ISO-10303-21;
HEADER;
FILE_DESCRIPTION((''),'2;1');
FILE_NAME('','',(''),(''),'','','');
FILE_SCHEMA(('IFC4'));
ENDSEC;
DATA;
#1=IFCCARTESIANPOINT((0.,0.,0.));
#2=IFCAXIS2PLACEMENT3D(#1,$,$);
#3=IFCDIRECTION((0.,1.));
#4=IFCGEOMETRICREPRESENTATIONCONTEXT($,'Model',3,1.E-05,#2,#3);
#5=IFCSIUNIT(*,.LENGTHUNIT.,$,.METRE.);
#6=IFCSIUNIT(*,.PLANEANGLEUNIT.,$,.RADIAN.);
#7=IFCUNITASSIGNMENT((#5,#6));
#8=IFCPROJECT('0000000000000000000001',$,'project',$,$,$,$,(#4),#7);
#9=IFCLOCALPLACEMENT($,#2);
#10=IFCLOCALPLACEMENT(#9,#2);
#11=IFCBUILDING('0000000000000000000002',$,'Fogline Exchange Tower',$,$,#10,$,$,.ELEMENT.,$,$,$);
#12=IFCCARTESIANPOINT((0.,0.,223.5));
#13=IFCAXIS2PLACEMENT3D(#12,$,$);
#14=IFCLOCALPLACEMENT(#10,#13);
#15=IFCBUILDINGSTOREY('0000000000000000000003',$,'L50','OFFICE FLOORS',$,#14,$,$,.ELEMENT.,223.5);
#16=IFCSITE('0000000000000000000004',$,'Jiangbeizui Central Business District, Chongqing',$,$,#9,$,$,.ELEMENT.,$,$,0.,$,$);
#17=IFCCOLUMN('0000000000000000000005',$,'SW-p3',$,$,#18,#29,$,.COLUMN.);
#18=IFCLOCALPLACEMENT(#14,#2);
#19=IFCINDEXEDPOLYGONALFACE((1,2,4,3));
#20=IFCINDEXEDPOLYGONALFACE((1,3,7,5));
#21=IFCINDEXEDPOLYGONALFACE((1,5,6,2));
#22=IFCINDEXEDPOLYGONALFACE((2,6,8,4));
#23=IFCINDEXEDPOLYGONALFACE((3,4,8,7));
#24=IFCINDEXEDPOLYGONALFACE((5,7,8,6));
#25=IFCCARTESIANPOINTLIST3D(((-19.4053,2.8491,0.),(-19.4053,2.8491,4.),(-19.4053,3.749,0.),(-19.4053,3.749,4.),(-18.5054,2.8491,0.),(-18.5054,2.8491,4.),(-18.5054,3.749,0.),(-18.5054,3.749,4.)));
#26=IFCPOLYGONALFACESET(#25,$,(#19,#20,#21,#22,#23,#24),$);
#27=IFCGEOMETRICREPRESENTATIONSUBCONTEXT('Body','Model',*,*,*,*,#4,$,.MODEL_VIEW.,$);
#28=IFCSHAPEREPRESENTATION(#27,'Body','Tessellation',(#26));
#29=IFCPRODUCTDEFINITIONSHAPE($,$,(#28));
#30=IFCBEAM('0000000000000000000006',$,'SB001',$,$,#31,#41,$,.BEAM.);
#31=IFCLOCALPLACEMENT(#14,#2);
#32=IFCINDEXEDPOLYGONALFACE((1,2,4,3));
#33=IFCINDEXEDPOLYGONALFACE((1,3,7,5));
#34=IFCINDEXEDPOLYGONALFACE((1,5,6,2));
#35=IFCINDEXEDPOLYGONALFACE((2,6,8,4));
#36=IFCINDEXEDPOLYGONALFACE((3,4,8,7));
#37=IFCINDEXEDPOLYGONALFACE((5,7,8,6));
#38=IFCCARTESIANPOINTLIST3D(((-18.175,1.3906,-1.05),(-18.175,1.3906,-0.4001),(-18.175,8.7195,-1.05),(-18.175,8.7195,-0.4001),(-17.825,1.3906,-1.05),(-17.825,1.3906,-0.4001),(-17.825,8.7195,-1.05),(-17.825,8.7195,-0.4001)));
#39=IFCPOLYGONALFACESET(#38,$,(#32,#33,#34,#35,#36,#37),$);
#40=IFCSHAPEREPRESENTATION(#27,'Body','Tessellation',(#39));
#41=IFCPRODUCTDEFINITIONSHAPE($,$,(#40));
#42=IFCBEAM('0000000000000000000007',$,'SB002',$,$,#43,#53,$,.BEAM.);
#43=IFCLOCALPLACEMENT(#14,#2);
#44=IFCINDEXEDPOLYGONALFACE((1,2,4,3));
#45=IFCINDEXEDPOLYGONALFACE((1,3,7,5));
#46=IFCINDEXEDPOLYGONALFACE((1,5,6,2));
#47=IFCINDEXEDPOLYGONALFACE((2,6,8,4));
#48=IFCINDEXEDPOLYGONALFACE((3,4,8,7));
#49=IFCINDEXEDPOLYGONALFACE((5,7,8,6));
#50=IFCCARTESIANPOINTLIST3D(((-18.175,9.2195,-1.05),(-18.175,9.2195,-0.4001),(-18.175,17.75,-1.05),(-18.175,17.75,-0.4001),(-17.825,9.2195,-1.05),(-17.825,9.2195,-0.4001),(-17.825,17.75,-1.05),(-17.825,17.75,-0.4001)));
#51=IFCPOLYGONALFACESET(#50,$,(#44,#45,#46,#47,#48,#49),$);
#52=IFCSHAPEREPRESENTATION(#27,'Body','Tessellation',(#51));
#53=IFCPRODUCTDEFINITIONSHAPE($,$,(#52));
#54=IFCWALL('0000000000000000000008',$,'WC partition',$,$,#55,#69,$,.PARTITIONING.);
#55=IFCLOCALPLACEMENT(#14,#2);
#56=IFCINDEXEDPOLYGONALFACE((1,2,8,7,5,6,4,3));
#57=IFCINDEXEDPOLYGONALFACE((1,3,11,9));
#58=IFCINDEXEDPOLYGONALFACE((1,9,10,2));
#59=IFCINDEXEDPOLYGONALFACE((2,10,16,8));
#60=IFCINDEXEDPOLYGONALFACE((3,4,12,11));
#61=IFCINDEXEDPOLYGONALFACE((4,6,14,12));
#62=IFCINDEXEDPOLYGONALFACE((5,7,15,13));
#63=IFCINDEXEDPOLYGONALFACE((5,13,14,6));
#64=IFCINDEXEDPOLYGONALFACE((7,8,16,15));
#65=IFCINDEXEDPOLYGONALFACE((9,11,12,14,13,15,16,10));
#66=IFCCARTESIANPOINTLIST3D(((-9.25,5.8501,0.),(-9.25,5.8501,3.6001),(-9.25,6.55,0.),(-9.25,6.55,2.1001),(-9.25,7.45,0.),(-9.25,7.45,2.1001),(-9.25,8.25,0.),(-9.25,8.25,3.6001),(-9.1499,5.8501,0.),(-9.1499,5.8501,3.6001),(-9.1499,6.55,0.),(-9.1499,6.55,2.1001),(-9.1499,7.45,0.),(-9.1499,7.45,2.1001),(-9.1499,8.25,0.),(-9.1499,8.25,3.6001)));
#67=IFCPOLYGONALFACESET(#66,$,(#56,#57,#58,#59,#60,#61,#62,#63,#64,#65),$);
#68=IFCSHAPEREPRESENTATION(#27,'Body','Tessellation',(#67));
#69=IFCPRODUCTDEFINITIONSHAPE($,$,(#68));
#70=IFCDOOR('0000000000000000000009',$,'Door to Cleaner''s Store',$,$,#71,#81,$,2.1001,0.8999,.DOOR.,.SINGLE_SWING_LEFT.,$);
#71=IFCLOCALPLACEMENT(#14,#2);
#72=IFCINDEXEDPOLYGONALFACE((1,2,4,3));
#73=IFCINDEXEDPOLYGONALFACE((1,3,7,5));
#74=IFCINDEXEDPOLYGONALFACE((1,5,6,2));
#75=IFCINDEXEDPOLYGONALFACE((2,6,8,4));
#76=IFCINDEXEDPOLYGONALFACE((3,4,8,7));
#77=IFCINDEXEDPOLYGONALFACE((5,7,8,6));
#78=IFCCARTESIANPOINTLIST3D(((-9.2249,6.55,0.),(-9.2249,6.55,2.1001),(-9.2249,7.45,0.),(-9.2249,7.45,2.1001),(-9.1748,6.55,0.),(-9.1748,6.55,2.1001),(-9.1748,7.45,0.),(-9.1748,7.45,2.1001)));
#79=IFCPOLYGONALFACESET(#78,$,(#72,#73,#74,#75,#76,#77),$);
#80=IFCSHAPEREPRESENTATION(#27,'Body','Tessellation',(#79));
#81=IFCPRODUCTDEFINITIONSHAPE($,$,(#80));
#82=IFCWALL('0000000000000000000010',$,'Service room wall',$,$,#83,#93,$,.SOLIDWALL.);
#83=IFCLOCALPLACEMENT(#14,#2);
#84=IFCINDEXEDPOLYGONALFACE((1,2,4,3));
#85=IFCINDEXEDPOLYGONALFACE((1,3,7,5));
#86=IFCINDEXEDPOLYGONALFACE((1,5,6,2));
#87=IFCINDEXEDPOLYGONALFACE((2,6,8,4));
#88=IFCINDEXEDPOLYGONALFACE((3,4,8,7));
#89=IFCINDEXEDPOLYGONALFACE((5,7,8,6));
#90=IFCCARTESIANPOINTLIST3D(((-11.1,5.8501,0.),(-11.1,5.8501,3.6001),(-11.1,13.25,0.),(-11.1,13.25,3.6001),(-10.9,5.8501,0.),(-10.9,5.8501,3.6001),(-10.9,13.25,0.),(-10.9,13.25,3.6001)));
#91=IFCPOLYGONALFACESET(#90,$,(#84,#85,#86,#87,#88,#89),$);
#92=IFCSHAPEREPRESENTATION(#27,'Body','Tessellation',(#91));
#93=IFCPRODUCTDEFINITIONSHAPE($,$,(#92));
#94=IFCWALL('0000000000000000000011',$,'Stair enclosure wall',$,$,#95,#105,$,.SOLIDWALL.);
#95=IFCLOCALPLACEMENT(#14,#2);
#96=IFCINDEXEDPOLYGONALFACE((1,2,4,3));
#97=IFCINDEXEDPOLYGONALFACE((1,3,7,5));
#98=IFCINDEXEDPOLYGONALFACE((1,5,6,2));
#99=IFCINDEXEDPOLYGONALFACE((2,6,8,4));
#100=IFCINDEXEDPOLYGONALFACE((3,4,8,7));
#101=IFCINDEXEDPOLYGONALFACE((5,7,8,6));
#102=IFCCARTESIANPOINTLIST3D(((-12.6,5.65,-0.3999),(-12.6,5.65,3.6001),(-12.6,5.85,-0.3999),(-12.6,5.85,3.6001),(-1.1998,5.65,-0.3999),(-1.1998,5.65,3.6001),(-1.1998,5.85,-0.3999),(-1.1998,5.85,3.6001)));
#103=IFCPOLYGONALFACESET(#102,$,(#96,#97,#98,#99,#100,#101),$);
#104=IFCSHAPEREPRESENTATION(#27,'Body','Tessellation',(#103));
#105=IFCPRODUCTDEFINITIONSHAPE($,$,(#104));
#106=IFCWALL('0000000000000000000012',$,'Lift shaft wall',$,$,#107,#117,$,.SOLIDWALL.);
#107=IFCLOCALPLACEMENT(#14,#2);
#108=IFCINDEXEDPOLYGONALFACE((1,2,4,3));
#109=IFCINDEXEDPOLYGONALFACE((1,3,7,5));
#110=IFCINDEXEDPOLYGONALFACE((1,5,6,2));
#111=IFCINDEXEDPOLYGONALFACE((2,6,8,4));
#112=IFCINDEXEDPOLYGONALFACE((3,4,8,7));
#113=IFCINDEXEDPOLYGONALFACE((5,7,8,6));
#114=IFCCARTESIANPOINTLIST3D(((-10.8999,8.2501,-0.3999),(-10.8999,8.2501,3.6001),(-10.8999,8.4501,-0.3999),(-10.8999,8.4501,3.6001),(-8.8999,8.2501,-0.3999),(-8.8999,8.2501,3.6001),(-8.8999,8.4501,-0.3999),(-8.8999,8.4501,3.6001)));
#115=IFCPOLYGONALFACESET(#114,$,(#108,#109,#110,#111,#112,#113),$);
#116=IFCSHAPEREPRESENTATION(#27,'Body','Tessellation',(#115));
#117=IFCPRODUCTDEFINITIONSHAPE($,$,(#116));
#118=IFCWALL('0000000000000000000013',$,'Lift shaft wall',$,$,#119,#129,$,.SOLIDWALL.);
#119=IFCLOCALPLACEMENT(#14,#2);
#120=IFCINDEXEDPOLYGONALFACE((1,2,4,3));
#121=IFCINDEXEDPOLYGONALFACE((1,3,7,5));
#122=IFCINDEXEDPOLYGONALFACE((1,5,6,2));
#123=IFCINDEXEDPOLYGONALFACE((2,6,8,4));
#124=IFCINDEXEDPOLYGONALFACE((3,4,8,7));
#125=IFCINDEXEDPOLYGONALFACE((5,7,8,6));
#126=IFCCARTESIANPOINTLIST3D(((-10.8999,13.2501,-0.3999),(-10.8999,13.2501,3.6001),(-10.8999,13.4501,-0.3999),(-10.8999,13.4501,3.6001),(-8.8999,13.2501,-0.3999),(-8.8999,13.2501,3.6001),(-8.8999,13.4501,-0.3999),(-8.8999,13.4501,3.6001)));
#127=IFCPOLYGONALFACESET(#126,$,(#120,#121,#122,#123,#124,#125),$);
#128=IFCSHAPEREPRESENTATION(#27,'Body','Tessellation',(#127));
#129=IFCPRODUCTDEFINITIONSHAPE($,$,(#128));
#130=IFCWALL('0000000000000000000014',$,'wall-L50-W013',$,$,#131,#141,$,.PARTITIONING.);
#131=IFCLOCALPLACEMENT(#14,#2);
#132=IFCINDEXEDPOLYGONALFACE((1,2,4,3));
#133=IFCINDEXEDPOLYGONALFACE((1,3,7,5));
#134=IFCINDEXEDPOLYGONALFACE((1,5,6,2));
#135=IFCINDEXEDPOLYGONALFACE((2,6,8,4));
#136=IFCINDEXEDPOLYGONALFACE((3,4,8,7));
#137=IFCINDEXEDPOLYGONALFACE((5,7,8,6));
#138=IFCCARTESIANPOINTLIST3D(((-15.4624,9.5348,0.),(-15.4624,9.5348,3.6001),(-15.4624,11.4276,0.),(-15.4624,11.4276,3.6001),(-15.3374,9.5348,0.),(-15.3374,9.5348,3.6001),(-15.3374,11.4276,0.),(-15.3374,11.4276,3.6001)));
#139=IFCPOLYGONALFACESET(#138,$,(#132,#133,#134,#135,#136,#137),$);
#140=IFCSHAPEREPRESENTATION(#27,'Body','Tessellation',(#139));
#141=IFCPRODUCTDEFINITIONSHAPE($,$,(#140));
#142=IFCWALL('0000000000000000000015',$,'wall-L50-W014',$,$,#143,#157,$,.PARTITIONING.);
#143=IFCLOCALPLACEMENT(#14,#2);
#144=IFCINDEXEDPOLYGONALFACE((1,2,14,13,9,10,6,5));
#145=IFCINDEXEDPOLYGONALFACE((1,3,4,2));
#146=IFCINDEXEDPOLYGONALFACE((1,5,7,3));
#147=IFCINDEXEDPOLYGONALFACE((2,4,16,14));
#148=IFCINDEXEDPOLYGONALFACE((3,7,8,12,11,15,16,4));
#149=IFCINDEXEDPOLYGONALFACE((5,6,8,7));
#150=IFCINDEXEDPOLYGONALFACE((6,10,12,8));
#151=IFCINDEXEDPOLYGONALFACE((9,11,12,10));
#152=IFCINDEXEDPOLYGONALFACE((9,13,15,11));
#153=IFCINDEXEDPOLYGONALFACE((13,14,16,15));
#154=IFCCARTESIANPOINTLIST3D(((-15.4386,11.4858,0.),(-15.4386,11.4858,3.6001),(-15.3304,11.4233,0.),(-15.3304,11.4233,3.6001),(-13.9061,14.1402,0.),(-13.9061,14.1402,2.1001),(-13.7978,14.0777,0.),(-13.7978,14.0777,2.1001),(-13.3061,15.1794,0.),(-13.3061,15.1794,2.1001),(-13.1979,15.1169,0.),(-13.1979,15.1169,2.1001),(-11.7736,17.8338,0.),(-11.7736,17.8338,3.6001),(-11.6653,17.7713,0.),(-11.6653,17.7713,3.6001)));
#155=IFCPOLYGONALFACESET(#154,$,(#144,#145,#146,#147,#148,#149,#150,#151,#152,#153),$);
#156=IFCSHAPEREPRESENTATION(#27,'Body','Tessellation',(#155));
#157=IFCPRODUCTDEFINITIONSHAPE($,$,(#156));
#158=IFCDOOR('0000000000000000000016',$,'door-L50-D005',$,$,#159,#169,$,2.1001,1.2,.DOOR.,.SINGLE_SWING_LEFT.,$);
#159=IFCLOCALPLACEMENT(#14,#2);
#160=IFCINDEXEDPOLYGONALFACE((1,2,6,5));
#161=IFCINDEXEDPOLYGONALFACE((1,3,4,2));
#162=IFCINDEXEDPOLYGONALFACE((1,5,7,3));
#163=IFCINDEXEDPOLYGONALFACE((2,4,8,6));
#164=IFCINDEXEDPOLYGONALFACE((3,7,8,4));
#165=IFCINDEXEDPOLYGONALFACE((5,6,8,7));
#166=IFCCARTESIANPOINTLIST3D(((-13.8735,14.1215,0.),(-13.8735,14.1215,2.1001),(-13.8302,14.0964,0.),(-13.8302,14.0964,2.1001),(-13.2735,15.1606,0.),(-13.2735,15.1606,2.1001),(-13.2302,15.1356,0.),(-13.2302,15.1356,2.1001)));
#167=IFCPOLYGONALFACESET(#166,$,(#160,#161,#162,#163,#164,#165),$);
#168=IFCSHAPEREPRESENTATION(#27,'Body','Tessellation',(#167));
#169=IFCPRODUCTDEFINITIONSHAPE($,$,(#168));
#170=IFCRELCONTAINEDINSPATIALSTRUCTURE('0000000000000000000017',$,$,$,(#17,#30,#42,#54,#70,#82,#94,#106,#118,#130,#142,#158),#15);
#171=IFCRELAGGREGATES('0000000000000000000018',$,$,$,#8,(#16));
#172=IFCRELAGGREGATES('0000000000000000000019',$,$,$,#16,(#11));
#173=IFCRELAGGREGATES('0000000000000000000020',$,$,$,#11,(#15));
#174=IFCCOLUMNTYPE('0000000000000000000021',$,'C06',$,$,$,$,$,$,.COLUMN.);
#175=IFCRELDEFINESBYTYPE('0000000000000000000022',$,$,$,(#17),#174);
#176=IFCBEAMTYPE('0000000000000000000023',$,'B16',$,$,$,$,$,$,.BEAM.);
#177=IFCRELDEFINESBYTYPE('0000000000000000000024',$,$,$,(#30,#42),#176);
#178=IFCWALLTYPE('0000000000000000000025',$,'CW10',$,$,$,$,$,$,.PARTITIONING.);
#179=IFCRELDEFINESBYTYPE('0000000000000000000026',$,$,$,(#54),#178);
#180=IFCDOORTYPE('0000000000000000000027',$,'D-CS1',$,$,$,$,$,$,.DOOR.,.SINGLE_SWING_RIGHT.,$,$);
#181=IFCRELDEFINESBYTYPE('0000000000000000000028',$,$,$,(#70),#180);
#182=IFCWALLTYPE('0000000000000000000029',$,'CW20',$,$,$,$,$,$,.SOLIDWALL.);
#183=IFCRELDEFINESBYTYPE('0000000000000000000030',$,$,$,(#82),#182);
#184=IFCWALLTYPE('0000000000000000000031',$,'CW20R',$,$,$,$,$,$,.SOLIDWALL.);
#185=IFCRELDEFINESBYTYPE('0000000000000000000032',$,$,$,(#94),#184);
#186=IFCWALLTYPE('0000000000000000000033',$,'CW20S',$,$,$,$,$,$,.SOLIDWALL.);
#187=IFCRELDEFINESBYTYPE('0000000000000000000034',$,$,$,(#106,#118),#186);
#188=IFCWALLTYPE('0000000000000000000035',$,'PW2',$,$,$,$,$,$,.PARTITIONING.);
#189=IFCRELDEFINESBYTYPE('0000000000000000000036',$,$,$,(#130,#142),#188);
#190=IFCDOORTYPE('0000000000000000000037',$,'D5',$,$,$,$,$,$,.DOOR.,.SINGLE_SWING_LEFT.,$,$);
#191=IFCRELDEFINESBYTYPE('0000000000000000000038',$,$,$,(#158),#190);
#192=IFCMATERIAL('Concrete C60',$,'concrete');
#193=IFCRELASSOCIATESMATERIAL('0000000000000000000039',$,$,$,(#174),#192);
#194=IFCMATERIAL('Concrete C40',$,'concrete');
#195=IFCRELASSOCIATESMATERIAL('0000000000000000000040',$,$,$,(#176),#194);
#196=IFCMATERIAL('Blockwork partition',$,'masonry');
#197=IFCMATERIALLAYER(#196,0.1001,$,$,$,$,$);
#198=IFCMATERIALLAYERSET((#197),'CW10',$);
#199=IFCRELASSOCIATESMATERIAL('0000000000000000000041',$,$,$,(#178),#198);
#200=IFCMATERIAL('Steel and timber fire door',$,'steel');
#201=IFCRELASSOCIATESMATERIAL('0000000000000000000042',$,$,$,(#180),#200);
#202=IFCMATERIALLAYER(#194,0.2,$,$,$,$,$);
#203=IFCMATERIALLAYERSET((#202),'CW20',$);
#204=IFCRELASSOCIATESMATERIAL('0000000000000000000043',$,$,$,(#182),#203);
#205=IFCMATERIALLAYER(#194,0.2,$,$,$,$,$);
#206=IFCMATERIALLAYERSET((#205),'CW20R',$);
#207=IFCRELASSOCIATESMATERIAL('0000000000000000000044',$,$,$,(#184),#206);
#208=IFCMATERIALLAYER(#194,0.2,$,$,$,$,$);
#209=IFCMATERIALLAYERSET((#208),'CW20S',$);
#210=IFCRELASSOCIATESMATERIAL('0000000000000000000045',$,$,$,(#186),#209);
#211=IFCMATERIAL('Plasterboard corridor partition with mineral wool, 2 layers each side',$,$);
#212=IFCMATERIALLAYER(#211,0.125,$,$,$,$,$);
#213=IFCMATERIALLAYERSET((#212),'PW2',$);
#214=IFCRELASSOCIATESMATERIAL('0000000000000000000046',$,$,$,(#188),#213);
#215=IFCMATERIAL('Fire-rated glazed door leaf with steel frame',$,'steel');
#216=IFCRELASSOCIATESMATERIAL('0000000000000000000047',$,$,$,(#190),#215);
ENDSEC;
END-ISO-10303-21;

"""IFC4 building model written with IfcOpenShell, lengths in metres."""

from ifc_helpers import new_model, si_unit, direction, frame, frame_2d, origin, origin_2d, place, context, subcontext, project, spatial, rectangle, extrude, material, layer, layer_set, material_profile, profile_set, type_object, element, fill, save


model = new_model("IFC4")

# Units and contexts
model_context = context("Model", 3, precision=1e-05, world=origin(), true_north=direction((0.0, 1.0)))
body_context = subcontext(model_context, "Body", "Model", "MODEL_VIEW")
ifc_project = project(units=[si_unit("LENGTHUNIT", "METRE"), si_unit("PLANEANGLEUNIT", "RADIAN")], contexts=[model_context])

# Site, building, storey
site_placement = place(None, origin())
site = spatial("IfcSite", under=ifc_project, at=site_placement, Name="Jiangbeizui Central Business District, Chongqing", CompositionType="ELEMENT", RefElevation=0.0)
building_placement = place(site_placement, origin())
building = spatial("IfcBuilding", under=site, at=building_placement, Name="Fogline Exchange Tower", CompositionType="ELEMENT")
storey_placement = place(building_placement, frame((0.0, 0.0, 223.5)))
storey = spatial("IfcBuildingStorey", under=building, at=storey_placement, Name="L50", Description="OFFICE FLOORS", CompositionType="ELEMENT", Elevation=223.5)

# Column
ifc_material_1 = material(Name="Concrete C60", Category="concrete")
ifc_material_profile_1 = material_profile(ifc_material_1, rectangle(XDim=0.8999, YDim=0.8999, at=origin_2d()), Name="RC 900x900")
ifc_profile_set_1 = profile_set([ifc_material_profile_1], Name="Concrete C60")
column_type = type_object("IfcColumnType", Name="C06", PredefinedType="COLUMN", material=ifc_profile_set_1)
column_placement = place(storey_placement, frame((-18.9553, 3.2991, 0.0), z_axis=(0.0, 0.0, 1.0), x_axis=(1.0, 0.0, 0.0)))
element("IfcColumn", 1, at=column_placement, inside=storey, type_object=column_type, Name="SW-p3", PredefinedType="COLUMN", context=body_context, shape_type="SweptSolid", body=[
    extrude(rectangle(XDim=0.8999, YDim=0.8999, at=origin_2d()), origin(), (0.0, 0.0, 1.0), 4.0),
])

# Beams
ifc_material_2 = material(Name="Concrete C40", Category="concrete")
ifc_material_profile_2 = material_profile(ifc_material_2, rectangle(XDim=0.3501, YDim=0.6499, at=origin_2d()), Name="RC 350x650")
ifc_profile_set_2 = profile_set([ifc_material_profile_2], Name="Concrete C40")
beam_type = type_object("IfcBeamType", Name="B16", PredefinedType="BEAM", material=ifc_profile_set_2)
beam_1_placement = place(storey_placement, frame((-18.0, 1.3906, -0.7251), z_axis=(0.0, 1.0, 0.0), x_axis=(-1.0, 0.0, 0.0)))
element("IfcBeam", 2, at=beam_1_placement, inside=storey, type_object=beam_type, Name="SB001", PredefinedType="BEAM", context=body_context, shape_type="SweptSolid", body=[
    extrude(rectangle(XDim=0.3501, YDim=0.6499, at=origin_2d()), origin(), (0.0, 0.0, 1.0), 7.3289),
])
beam_2_placement = place(storey_placement, frame((-18.0, 9.2195, -0.7251), z_axis=(0.0, 1.0, 0.0), x_axis=(-1.0, 0.0, 0.0)))
element("IfcBeam", 3, at=beam_2_placement, inside=storey, type_object=beam_type, Name="SB002", PredefinedType="BEAM", context=body_context, shape_type="SweptSolid", body=[
    extrude(rectangle(XDim=0.3501, YDim=0.6499, at=origin_2d()), origin(), (0.0, 0.0, 1.0), 8.5305),
])

# Wall, opening, door
ifc_material_3 = material(Name="Blockwork partition", Category="masonry")
ifc_layer_1 = layer(ifc_material_3, 0.1001)
ifc_layer_set_1 = layer_set([ifc_layer_1], Name="CW10")
wall_type_1 = type_object("IfcWallType", Name="CW10", PredefinedType="PARTITIONING", material=ifc_layer_set_1)
wall_1_placement = place(storey_placement, frame((-9.2, 5.8501, 0.0), z_axis=(0.0, 0.0, 1.0), x_axis=(0.0, 1.0, 0.0)))
wall_1 = element("IfcWall", 4, at=wall_1_placement, inside=storey, type_object=wall_type_1, Name="WC partition", PredefinedType="PARTITIONING", context=body_context, shape_type="SweptSolid", body=[
    extrude(rectangle(XDim=2.3999, YDim=0.1001, at=frame_2d((1.2, 0.0))), origin(), (0.0, 0.0, 1.0), 3.6001),
])
opening_1_placement = place(wall_1_placement, frame((0.7, 0.0, 0.0)))
opening_1 = element("IfcOpeningElement", 5, at=opening_1_placement, cuts=wall_1, PredefinedType="OPENING", context=body_context, shape_type="SweptSolid", body=[
    extrude(rectangle(XDim=0.8999, YDim=2.1001, at=frame_2d((0.45, 1.05))), frame((0.0, 0.0601, 0.0), z_axis=(0.0, -1.0, 0.0), x_axis=(1.0, 0.0, 0.0)), (0.0, 0.0, 1.0), 0.1201),
])
ifc_material_4 = material(Name="Steel and timber fire door", Category="steel")
door_type_1 = type_object("IfcDoorType", Name="D-CS1", OperationType="SINGLE_SWING_RIGHT", PredefinedType="DOOR", material=ifc_material_4)
door_1_placement = place(opening_1_placement, origin())
door_1 = element("IfcDoor", 6, at=door_1_placement, inside=storey, type_object=door_type_1, Name="Door to Cleaner's Store", OperationType="SINGLE_SWING_LEFT", OverallHeight=2.1001, OverallWidth=0.8999, PredefinedType="DOOR", context=body_context, shape_type="SweptSolid", body=[
    extrude(rectangle(XDim=0.8999, YDim=2.1001, at=frame_2d((0.45, 1.05))), frame((0.0, 0.0249, 0.0), z_axis=(0.0, -1.0, 0.0), x_axis=(1.0, 0.0, 0.0)), (0.0, 0.0, 1.0), 0.05),
])
fill(opening_1, door_1)

# Walls
ifc_layer_2 = layer(ifc_material_2, 0.2)
ifc_layer_set_2 = layer_set([ifc_layer_2], Name="CW20")
wall_type_2 = type_object("IfcWallType", Name="CW20", PredefinedType="SOLIDWALL", material=ifc_layer_set_2)
wall_2_placement = place(storey_placement, frame((-11.0, 5.8501, 0.0), z_axis=(0.0, 0.0, 1.0), x_axis=(0.0, 1.0, 0.0)))
element("IfcWall", 7, at=wall_2_placement, inside=storey, type_object=wall_type_2, Name="Service room wall", PredefinedType="SOLIDWALL", context=body_context, shape_type="SweptSolid", body=[
    extrude(rectangle(XDim=7.3999, YDim=0.2, at=frame_2d((3.7, 0.0))), origin(), (0.0, 0.0, 1.0), 3.6001),
])
ifc_layer_3 = layer(ifc_material_2, 0.2)
ifc_layer_set_3 = layer_set([ifc_layer_3], Name="CW20R")
wall_type_3 = type_object("IfcWallType", Name="CW20R", PredefinedType="SOLIDWALL", material=ifc_layer_set_3)
wall_3_placement = place(storey_placement, frame((-12.6001, 5.75, -0.3999), z_axis=(0.0, 0.0, 1.0), x_axis=(1.0, 0.0, 0.0)))
element("IfcWall", 8, at=wall_3_placement, inside=storey, type_object=wall_type_3, Name="Stair enclosure wall", PredefinedType="SOLIDWALL", context=body_context, shape_type="SweptSolid", body=[
    extrude(rectangle(XDim=11.4001, YDim=0.2, at=frame_2d((5.7002, 0.0))), origin(), (0.0, 0.0, 1.0), 4.0),
])
ifc_layer_4 = layer(ifc_material_2, 0.2)
ifc_layer_set_4 = layer_set([ifc_layer_4], Name="CW20S")
wall_type_4 = type_object("IfcWallType", Name="CW20S", PredefinedType="SOLIDWALL", material=ifc_layer_set_4)
for number, where, z_axis, x_axis, name in (
    (9, (-10.8999, 8.3501, -0.3999), (0.0, 0.0, 1.0), (1.0, 0.0, 0.0), "Lift shaft wall"),
    (10, (-10.8999, 13.3501, -0.3999), (0.0, 0.0, 1.0), (1.0, 0.0, 0.0), "Lift shaft wall"),
):
    element("IfcWall", number, at=place(storey_placement, frame(where, z_axis=z_axis, x_axis=x_axis)), inside=storey, type_object=wall_type_4, Name=name, PredefinedType="SOLIDWALL", context=body_context, shape_type="SweptSolid", body=[
        extrude(rectangle(XDim=2.0, YDim=0.2, at=frame_2d((1.0, 0.0))), origin(), (0.0, 0.0, 1.0), 4.0),
    ])
ifc_material_5 = material(Name="Plasterboard corridor partition with mineral wool, 2 layers each side")
ifc_layer_5 = layer(ifc_material_5, 0.125)
ifc_layer_set_5 = layer_set([ifc_layer_5], Name="PW2")
wall_type_5 = type_object("IfcWallType", Name="PW2", PredefinedType="PARTITIONING", material=ifc_layer_set_5)
wall_4_placement = place(storey_placement, frame((-15.3999, 9.5349, 0.0), z_axis=(0.0, 0.0, 1.0), x_axis=(0.0, 1.0, 0.0)))
element("IfcWall", 11, at=wall_4_placement, inside=storey, type_object=wall_type_5, Name="wall-L50-W013", PredefinedType="PARTITIONING", context=body_context, shape_type="SweptSolid", body=[
    extrude(rectangle(XDim=1.8928, YDim=0.125, at=frame_2d((0.9463, 0.0))), origin(), (0.0, 0.0, 1.0), 3.6001),
])

# Wall, opening, door
wall_5_placement = place(storey_placement, frame((-15.3845, 11.4546, 0.0), z_axis=(0.0, 0.0, 1.0), x_axis=(0.500008, 0.866021, 0.0)))
wall_5 = element("IfcWall", 12, at=wall_5_placement, inside=storey, type_object=wall_type_5, Name="wall-L50-W014", PredefinedType="PARTITIONING", context=body_context, shape_type="SweptSolid", body=[
    extrude(rectangle(XDim=7.3301, YDim=0.125, at=frame_2d((3.665, 0.0))), origin(), (0.0, 0.0, 1.0), 3.6001),
])
opening_2_placement = place(wall_5_placement, frame((3.0649, 0.0, 0.0)))
opening_2 = element("IfcOpeningElement", 13, at=opening_2_placement, cuts=wall_5, PredefinedType="OPENING", context=body_context, shape_type="SweptSolid", body=[
    extrude(rectangle(XDim=1.2, YDim=2.1001, at=frame_2d((0.6001, 1.05))), frame((0.0, 0.0725, 0.0), z_axis=(0.0, -1.0, 0.0), x_axis=(1.0, 0.0, 0.0)), (0.0, 0.0, 1.0), 0.145),
])
ifc_material_6 = material(Name="Fire-rated glazed door leaf with steel frame", Category="steel")
door_type_2 = type_object("IfcDoorType", Name="D5", OperationType="SINGLE_SWING_LEFT", PredefinedType="DOOR", material=ifc_material_6)
door_2_placement = place(opening_2_placement, origin())
door_2 = element("IfcDoor", 14, at=door_2_placement, inside=storey, type_object=door_type_2, Name="door-L50-D005", OperationType="SINGLE_SWING_LEFT", OverallHeight=2.1001, OverallWidth=1.2, PredefinedType="DOOR", context=body_context, shape_type="SweptSolid", body=[
    extrude(rectangle(XDim=1.2, YDim=2.1001, at=frame_2d((0.6001, 1.05))), frame((0.0, 0.0249, 0.0), z_axis=(0.0, -1.0, 0.0), x_axis=(1.0, 0.0, 0.0)), (0.0, 0.0, 1.0), 0.05),
])
fill(opening_2, door_2)

save(model, "model.ifc")
